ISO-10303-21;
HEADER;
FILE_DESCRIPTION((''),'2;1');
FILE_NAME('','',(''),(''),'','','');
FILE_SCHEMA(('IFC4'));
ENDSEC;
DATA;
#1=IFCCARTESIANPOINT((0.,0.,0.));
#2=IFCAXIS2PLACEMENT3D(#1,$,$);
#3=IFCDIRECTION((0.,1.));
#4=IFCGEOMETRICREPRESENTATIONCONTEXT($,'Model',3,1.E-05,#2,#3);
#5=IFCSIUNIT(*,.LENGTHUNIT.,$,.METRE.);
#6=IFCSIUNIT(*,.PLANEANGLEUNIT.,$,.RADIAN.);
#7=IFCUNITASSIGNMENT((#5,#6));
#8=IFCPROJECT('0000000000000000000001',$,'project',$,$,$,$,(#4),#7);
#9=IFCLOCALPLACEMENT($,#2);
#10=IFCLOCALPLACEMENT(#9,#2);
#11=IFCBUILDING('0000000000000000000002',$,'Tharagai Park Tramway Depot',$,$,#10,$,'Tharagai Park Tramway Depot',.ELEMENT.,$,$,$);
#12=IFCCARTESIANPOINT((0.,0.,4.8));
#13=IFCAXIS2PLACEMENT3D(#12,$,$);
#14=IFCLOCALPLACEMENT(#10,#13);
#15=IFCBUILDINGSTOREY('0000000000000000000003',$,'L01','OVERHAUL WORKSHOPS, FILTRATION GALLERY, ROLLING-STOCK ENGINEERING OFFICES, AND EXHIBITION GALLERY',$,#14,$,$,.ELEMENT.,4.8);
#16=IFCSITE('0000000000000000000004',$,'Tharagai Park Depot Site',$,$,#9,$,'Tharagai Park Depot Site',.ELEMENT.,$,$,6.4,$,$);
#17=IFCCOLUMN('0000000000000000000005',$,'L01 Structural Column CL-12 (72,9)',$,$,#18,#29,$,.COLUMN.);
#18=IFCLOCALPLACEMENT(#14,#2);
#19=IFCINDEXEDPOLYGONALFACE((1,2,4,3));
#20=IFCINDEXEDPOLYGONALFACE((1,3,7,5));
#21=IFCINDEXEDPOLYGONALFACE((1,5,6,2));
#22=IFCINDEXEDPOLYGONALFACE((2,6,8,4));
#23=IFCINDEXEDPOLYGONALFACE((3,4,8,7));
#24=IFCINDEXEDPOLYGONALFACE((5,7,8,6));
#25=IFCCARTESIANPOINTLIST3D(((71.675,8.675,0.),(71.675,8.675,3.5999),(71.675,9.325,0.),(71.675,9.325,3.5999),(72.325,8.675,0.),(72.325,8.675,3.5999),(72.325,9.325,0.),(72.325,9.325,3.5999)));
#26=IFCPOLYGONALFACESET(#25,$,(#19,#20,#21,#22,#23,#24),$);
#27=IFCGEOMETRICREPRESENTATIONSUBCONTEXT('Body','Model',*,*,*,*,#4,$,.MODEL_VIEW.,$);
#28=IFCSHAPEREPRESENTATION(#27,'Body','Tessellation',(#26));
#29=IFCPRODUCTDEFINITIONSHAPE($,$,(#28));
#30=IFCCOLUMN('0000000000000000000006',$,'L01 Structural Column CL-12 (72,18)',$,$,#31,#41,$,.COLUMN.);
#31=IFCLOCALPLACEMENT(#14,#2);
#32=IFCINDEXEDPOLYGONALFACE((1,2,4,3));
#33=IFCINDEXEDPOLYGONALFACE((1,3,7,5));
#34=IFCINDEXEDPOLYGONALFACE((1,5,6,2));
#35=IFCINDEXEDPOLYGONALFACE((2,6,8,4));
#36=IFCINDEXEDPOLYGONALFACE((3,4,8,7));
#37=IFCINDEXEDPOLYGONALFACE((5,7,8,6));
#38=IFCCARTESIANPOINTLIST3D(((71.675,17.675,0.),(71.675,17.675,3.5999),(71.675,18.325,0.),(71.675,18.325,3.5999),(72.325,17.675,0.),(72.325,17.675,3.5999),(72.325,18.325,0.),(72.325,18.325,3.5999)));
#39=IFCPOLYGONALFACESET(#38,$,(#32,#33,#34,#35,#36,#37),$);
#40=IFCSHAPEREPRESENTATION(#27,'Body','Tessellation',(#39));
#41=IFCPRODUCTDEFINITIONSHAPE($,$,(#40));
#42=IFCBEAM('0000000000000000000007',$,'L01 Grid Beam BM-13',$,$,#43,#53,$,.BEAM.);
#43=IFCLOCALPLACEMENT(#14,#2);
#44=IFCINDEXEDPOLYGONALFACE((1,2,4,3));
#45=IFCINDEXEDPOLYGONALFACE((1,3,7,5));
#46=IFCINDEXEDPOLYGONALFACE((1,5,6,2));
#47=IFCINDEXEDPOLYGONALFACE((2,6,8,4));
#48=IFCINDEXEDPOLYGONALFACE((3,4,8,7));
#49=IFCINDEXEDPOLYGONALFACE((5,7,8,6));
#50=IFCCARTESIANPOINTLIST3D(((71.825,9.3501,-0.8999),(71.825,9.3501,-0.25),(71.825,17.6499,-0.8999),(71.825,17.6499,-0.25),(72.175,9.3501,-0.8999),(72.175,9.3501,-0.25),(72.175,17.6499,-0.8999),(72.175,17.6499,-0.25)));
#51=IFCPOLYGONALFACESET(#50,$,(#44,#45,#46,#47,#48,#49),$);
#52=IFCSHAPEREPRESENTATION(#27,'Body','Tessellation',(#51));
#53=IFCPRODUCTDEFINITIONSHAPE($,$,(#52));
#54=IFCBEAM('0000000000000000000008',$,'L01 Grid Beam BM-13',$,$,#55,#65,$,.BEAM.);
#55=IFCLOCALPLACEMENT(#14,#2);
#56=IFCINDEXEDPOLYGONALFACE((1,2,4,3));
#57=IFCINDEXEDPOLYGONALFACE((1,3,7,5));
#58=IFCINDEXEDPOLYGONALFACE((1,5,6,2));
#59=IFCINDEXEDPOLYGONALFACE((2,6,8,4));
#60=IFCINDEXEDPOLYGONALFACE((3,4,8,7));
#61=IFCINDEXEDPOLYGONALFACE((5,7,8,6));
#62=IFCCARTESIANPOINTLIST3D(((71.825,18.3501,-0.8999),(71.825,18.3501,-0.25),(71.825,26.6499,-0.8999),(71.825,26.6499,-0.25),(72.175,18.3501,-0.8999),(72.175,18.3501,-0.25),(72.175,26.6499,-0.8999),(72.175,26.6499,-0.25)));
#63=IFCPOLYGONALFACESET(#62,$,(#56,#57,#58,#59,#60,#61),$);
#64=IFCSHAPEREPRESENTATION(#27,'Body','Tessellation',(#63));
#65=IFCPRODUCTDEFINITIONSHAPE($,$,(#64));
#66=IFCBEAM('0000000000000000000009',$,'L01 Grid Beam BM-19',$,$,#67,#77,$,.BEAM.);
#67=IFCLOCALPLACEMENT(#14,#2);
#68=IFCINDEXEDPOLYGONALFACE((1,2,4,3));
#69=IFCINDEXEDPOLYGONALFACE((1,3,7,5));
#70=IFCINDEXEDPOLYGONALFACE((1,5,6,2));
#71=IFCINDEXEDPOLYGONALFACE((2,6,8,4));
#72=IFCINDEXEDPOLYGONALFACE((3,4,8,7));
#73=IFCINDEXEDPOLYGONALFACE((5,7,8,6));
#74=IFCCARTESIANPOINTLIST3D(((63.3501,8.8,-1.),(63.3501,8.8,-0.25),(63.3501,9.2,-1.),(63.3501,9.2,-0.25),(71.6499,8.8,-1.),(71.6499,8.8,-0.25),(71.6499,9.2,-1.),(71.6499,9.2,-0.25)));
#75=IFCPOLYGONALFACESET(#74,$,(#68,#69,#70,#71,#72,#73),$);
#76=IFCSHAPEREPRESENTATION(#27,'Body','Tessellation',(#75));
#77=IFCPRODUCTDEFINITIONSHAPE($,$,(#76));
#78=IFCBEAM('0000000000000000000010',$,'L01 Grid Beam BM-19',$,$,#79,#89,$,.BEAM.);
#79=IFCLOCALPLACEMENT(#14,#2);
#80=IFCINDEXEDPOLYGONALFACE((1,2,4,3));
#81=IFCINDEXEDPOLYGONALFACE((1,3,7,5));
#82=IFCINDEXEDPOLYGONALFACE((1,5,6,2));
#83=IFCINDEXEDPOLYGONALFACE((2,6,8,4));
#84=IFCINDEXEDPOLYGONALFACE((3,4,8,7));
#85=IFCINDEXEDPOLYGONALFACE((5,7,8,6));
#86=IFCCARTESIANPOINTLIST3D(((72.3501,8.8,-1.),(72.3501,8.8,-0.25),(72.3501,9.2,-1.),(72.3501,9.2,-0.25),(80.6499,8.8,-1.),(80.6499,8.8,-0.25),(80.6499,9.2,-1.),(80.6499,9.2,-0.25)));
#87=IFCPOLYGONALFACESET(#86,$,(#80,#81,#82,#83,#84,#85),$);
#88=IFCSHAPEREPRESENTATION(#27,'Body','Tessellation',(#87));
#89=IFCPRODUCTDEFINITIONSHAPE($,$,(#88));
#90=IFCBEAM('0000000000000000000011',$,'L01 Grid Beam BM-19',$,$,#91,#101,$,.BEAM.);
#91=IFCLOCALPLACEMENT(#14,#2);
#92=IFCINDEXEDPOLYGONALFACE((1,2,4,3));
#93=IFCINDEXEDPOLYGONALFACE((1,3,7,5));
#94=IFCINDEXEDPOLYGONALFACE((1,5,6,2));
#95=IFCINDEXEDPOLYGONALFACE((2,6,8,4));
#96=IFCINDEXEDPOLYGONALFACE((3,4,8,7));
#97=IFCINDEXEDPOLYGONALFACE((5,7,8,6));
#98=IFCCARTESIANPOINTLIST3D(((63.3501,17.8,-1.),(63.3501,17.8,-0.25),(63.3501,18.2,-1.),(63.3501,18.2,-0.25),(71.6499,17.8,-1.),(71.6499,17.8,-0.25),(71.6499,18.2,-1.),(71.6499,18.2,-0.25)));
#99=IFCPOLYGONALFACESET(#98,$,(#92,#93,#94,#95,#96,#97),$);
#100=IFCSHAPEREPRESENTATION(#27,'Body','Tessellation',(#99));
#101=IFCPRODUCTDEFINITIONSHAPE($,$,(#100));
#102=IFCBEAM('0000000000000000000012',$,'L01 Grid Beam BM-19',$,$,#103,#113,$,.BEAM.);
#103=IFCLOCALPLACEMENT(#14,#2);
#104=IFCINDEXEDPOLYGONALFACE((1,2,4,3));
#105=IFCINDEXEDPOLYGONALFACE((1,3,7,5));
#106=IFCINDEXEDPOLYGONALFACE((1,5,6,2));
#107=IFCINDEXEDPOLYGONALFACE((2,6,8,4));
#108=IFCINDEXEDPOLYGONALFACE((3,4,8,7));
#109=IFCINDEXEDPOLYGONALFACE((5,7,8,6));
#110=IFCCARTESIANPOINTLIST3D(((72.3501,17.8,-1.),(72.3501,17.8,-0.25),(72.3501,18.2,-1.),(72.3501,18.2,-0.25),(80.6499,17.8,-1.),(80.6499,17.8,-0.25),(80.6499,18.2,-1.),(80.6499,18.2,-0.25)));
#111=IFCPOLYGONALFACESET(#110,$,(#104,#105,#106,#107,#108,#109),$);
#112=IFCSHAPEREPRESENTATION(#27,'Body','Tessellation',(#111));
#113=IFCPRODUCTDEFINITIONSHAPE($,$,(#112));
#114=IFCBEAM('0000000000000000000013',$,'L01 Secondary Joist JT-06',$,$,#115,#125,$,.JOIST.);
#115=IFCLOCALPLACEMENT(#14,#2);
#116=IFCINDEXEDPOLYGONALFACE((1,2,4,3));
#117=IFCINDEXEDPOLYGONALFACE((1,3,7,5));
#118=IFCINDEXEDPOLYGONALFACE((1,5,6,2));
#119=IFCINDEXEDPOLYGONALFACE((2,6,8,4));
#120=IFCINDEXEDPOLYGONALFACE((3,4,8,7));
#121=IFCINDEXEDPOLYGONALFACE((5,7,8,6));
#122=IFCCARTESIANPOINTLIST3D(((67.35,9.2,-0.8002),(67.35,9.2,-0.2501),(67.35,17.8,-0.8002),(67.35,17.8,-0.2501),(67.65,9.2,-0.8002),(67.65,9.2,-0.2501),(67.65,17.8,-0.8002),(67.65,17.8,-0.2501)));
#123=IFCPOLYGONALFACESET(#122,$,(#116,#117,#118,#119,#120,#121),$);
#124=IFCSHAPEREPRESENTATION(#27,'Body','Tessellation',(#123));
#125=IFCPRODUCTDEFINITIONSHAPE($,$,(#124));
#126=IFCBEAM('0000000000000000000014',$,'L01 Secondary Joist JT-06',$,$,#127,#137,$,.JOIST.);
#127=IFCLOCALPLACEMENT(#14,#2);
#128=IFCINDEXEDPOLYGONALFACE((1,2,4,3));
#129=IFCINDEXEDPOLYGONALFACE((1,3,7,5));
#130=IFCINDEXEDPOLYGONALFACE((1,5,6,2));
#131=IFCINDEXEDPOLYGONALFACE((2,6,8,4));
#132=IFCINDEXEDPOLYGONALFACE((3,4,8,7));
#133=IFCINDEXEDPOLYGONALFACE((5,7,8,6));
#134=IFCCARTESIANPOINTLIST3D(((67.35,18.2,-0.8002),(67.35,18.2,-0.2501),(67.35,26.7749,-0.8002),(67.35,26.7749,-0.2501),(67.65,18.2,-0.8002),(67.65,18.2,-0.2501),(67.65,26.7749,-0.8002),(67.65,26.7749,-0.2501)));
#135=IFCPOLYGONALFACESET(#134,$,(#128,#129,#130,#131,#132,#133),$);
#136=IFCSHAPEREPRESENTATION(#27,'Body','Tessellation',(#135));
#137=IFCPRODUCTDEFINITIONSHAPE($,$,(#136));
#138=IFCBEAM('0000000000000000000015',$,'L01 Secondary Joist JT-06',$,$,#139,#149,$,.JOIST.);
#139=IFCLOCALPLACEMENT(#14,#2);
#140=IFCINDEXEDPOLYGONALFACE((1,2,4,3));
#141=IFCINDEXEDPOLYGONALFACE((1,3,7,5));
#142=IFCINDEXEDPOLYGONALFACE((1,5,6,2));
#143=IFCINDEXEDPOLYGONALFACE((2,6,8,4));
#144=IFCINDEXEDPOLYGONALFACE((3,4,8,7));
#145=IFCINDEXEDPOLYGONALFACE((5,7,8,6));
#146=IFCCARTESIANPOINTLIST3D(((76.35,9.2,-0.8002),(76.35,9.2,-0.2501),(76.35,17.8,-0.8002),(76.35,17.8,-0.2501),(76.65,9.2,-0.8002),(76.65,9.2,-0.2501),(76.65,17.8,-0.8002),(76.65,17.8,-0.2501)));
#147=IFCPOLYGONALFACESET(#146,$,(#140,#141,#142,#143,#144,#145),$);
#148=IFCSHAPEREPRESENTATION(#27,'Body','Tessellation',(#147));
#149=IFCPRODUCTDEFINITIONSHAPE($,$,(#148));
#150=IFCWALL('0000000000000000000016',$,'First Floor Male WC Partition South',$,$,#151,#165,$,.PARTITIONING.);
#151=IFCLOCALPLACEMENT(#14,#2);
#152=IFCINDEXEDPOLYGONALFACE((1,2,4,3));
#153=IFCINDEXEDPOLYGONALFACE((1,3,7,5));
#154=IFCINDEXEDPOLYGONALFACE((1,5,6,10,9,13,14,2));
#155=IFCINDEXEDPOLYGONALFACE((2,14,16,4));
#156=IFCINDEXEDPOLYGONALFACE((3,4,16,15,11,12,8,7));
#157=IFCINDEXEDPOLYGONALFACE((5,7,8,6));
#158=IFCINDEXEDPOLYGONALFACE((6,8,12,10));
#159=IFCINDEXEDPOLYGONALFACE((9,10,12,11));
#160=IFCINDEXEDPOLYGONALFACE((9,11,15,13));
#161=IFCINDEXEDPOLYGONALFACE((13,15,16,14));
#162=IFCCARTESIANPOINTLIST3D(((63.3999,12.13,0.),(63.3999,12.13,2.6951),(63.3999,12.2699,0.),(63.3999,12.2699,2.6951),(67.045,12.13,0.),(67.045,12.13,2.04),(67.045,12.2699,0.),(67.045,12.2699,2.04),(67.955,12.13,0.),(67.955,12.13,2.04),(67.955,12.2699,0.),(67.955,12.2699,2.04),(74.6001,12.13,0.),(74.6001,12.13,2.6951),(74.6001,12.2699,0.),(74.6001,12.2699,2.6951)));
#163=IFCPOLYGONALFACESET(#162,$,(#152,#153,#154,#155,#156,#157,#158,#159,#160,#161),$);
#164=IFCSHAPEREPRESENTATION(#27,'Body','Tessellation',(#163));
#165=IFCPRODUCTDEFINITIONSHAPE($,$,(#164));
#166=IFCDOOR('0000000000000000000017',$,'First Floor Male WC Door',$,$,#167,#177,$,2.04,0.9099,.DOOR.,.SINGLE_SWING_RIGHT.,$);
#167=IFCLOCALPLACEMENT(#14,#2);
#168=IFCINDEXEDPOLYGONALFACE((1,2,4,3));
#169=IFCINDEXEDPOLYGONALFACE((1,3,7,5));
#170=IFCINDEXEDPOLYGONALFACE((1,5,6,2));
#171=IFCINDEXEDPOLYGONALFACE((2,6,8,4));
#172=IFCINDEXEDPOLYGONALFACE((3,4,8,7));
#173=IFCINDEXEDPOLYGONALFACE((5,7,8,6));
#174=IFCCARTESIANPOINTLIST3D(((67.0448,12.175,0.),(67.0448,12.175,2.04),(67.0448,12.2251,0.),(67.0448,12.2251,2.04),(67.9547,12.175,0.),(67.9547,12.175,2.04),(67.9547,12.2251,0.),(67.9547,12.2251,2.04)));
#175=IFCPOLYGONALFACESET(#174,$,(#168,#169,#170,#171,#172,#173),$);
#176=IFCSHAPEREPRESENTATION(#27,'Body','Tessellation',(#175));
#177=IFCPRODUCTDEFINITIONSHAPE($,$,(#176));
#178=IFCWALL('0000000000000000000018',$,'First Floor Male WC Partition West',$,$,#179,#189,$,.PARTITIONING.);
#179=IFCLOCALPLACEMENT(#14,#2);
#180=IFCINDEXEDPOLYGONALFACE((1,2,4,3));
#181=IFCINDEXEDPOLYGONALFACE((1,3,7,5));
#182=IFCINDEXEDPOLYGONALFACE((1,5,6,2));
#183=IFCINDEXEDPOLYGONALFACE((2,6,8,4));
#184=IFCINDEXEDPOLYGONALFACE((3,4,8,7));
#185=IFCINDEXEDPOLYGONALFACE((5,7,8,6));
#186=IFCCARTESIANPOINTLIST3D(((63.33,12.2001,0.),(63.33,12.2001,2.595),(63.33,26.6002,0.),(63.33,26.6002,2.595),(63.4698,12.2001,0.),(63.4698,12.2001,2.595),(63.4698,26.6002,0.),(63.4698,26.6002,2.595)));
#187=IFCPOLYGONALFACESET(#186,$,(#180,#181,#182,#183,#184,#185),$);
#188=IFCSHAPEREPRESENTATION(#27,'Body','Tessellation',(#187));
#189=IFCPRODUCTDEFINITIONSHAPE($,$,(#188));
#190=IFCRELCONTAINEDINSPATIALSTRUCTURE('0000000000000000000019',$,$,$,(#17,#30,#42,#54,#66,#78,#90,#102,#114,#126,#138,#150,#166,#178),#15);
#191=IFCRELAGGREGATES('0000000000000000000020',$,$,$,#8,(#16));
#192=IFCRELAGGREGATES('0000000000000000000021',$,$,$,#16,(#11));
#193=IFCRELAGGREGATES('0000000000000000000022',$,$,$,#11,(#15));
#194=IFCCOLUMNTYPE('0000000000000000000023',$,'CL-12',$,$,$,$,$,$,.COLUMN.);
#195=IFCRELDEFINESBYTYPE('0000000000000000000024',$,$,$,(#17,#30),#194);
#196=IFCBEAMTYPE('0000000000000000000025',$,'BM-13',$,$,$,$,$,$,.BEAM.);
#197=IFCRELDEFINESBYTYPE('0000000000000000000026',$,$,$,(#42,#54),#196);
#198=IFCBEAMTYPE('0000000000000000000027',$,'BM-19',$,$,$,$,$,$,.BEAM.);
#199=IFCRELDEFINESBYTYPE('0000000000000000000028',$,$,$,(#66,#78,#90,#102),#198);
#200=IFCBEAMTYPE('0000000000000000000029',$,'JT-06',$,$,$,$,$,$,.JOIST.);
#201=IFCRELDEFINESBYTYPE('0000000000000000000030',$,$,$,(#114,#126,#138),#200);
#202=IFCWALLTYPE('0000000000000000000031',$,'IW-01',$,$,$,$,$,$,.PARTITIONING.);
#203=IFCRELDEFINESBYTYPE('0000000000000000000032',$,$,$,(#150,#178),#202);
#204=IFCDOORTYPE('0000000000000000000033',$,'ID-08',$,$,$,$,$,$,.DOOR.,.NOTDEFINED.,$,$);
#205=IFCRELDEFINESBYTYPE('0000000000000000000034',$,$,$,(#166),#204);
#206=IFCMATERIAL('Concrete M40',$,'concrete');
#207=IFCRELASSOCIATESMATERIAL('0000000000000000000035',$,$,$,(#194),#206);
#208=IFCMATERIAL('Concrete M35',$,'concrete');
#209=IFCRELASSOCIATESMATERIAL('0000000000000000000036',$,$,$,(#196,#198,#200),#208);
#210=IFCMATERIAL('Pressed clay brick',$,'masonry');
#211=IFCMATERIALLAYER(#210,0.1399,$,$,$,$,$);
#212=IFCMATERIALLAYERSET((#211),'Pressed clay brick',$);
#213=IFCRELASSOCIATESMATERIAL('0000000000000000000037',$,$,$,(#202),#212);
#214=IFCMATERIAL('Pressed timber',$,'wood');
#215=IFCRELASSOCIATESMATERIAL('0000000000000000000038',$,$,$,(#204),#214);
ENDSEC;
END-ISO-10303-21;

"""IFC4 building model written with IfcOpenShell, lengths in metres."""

from ifc_helpers import new_model, si_unit, direction, frame, frame_2d, origin, origin_2d, place, context, subcontext, project, spatial, rectangle, extrude, material, layer, layer_set, material_profile, profile_set, type_object, element, fill, save


model = new_model("IFC4")

# Units and contexts
model_context = context("Model", 3, precision=1e-05, world=origin(), true_north=direction((0.0, 1.0)))
body_context = subcontext(model_context, "Body", "Model", "MODEL_VIEW")
ifc_project = project(units=[si_unit("LENGTHUNIT", "METRE"), si_unit("PLANEANGLEUNIT", "RADIAN")], contexts=[model_context])

# Site, building, storey
site_placement = place(None, origin())
site = spatial("IfcSite", under=ifc_project, at=site_placement, Name="Tharagai Park Depot Site", LongName="Tharagai Park Depot Site", CompositionType="ELEMENT", RefElevation=6.4)
building_placement = place(site_placement, origin())
building = spatial("IfcBuilding", under=site, at=building_placement, Name="Tharagai Park Tramway Depot", LongName="Tharagai Park Tramway Depot", CompositionType="ELEMENT")
storey_placement = place(building_placement, frame((0.0, 0.0, 4.8)))
storey = spatial("IfcBuildingStorey", under=building, at=storey_placement, Name="L01", Description="OVERHAUL WORKSHOPS, FILTRATION GALLERY, ROLLING-STOCK ENGINEERING OFFICES, AND EXHIBITION GALLERY", CompositionType="ELEMENT", Elevation=4.8)

# Columns
ifc_material_1 = material(Name="Concrete M40", Category="concrete")
ifc_material_profile_1 = material_profile(ifc_material_1, rectangle(XDim=0.6499, YDim=0.6499, at=origin_2d()), Name="RC 650x650")
ifc_profile_set_1 = profile_set([ifc_material_profile_1], Name="Concrete M40")
column_type = type_object("IfcColumnType", Name="CL-12", PredefinedType="COLUMN", material=ifc_profile_set_1)
for number, where, z_axis, x_axis, name in (
    (1, (72.0, 9.0, 0.0), (0.0, 0.0, 1.0), (1.0, 0.0, 0.0), "L01 Structural Column CL-12 (72,9)"),
    (2, (72.0, 18.0, 0.0), (0.0, 0.0, 1.0), (1.0, 0.0, 0.0), "L01 Structural Column CL-12 (72,18)"),
):
    element("IfcColumn", number, at=place(storey_placement, frame(where, z_axis=z_axis, x_axis=x_axis)), inside=storey, type_object=column_type, Name=name, PredefinedType="COLUMN", context=body_context, shape_type="SweptSolid", body=[
        extrude(rectangle(XDim=0.6499, YDim=0.6499, at=origin_2d()), origin(), (0.0, 0.0, 1.0), 3.5999),
    ])

# Beams
ifc_material_2 = material(Name="Concrete M35", Category="concrete")
ifc_material_profile_2 = material_profile(ifc_material_2, rectangle(XDim=0.3501, YDim=0.6499, at=origin_2d()), Name="RC 350x650")
ifc_profile_set_2 = profile_set([ifc_material_profile_2], Name="Concrete M35")
beam_type_1 = type_object("IfcBeamType", Name="BM-13", PredefinedType="BEAM", material=ifc_profile_set_2)
for number, where, z_axis, x_axis, name in (
    (3, (72.0, 9.3501, -0.575), (0.0, 1.0, 0.0), (-1.0, 0.0, 0.0), "L01 Grid Beam BM-13"),
    (4, (72.0, 18.3501, -0.575), (0.0, 1.0, 0.0), (-1.0, 0.0, 0.0), "L01 Grid Beam BM-13"),
):
    element("IfcBeam", number, at=place(storey_placement, frame(where, z_axis=z_axis, x_axis=x_axis)), inside=storey, type_object=beam_type_1, Name=name, PredefinedType="BEAM", context=body_context, shape_type="SweptSolid", body=[
        extrude(rectangle(XDim=0.3501, YDim=0.6499, at=origin_2d()), origin(), (0.0, 0.0, 1.0), 8.2998),
    ])
ifc_material_profile_3 = material_profile(ifc_material_2, rectangle(XDim=0.3999, YDim=0.75, at=origin_2d()), Name="RC 400x750")
ifc_profile_set_3 = profile_set([ifc_material_profile_3], Name="Concrete M35")
beam_type_2 = type_object("IfcBeamType", Name="BM-19", PredefinedType="BEAM", material=ifc_profile_set_3)
for number, where, z_axis, x_axis, name in (
    (5, (63.3501, 9.0, -0.625), (1.0, 0.0, 0.0), (0.0, 1.0, 0.0), "L01 Grid Beam BM-19"),
    (6, (72.3501, 9.0, -0.625), (1.0, 0.0, 0.0), (0.0, 1.0, 0.0), "L01 Grid Beam BM-19"),
    (7, (63.3501, 18.0, -0.625), (1.0, 0.0, 0.0), (0.0, 1.0, 0.0), "L01 Grid Beam BM-19"),
    (8, (72.3501, 18.0, -0.625), (1.0, 0.0, 0.0), (0.0, 1.0, 0.0), "L01 Grid Beam BM-19"),
):
    element("IfcBeam", number, at=place(storey_placement, frame(where, z_axis=z_axis, x_axis=x_axis)), inside=storey, type_object=beam_type_2, Name=name, PredefinedType="BEAM", context=body_context, shape_type="SweptSolid", body=[
        extrude(rectangle(XDim=0.3999, YDim=0.75, at=origin_2d()), origin(), (0.0, 0.0, 1.0), 8.2998),
    ])
ifc_material_profile_4 = material_profile(ifc_material_2, rectangle(XDim=0.3, YDim=0.55, at=origin_2d()), Name="RC 300x550")
ifc_profile_set_4 = profile_set([ifc_material_profile_4], Name="Concrete M35")
beam_type_3 = type_object("IfcBeamType", Name="JT-06", PredefinedType="JOIST", material=ifc_profile_set_4)
beam_1_placement = place(storey_placement, frame((67.5, 9.2, -0.5251), z_axis=(0.0, 1.0, 0.0), x_axis=(-1.0, 0.0, 0.0)))
element("IfcBeam", 9, at=beam_1_placement, inside=storey, type_object=beam_type_3, Name="L01 Secondary Joist JT-06", PredefinedType="JOIST", context=body_context, shape_type="SweptSolid", body=[
    extrude(rectangle(XDim=0.3, YDim=0.55, at=origin_2d()), origin(), (0.0, 0.0, 1.0), 8.6001),
])
beam_2_placement = place(storey_placement, frame((67.5, 18.2, -0.5251), z_axis=(0.0, 1.0, 0.0), x_axis=(-1.0, 0.0, 0.0)))
element("IfcBeam", 10, at=beam_2_placement, inside=storey, type_object=beam_type_3, Name="L01 Secondary Joist JT-06", PredefinedType="JOIST", context=body_context, shape_type="SweptSolid", body=[
    extrude(rectangle(XDim=0.3, YDim=0.55, at=origin_2d()), origin(), (0.0, 0.0, 1.0), 8.575),
])
beam_3_placement = place(storey_placement, frame((76.5, 9.2, -0.5251), z_axis=(0.0, 1.0, 0.0), x_axis=(-1.0, 0.0, 0.0)))
element("IfcBeam", 11, at=beam_3_placement, inside=storey, type_object=beam_type_3, Name="L01 Secondary Joist JT-06", PredefinedType="JOIST", context=body_context, shape_type="SweptSolid", body=[
    extrude(rectangle(XDim=0.3, YDim=0.55, at=origin_2d()), origin(), (0.0, 0.0, 1.0), 8.6001),
])

# Wall, opening, door
ifc_material_3 = material(Name="Pressed clay brick", Category="masonry")
ifc_layer_1 = layer(ifc_material_3, 0.1399)
ifc_layer_set_1 = layer_set([ifc_layer_1], Name="Pressed clay brick")
wall_type_1 = type_object("IfcWallType", Name="IW-01", PredefinedType="PARTITIONING", material=ifc_layer_set_1)
wall_1_placement = place(storey_placement, frame((63.3999, 12.2, 0.0), z_axis=(0.0, 0.0, 1.0), x_axis=(1.0, 0.0, 0.0)))
wall_1 = element("IfcWall", 12, at=wall_1_placement, inside=storey, type_object=wall_type_1, Name="First Floor Male WC Partition South", PredefinedType="PARTITIONING", context=body_context, shape_type="SweptSolid", body=[
    extrude(rectangle(XDim=11.2002, YDim=0.1399, at=frame_2d((5.6001, 0.0))), origin(), (0.0, 0.0, 1.0), 2.6951),
])
opening_1_placement = place(wall_1_placement, frame((3.645, 0.0, 0.0)))
opening_1 = element("IfcOpeningElement", 13, at=opening_1_placement, cuts=wall_1, PredefinedType="OPENING", context=body_context, shape_type="SweptSolid", body=[
    extrude(rectangle(XDim=0.9099, YDim=2.04, at=frame_2d((0.4551, 1.02))), frame((0.0, 0.0798, 0.0), z_axis=(0.0, -1.0, 0.0), x_axis=(1.0, 0.0, 0.0)), (0.0, 0.0, 1.0), 0.1599),
])
ifc_material_4 = material(Name="Pressed timber", Category="wood")
door_type_1 = type_object("IfcDoorType", Name="ID-08", OperationType="NOTDEFINED", PredefinedType="DOOR", material=ifc_material_4)
door_1_placement = place(opening_1_placement, frame((0.9099, 0.0, 0.0), z_axis=(0.0, 0.0, 1.0), x_axis=(-1.0, 0.0, 0.0)))
door_1 = element("IfcDoor", 14, at=door_1_placement, inside=storey, type_object=door_type_1, Name="First Floor Male WC Door", OperationType="SINGLE_SWING_RIGHT", OverallHeight=2.04, OverallWidth=0.9099, PredefinedType="DOOR", context=body_context, shape_type="SweptSolid", body=[
    extrude(rectangle(XDim=0.9099, YDim=2.04, at=frame_2d((0.4551, 1.02))), frame((0.0, 0.0249, 0.0), z_axis=(0.0, -1.0, 0.0), x_axis=(1.0, 0.0, 0.0)), (0.0, 0.0, 1.0), 0.05),
])
fill(opening_1, door_1)

# Wall
for number, where, z_axis, x_axis, name in (
    (15, (63.3999, 12.2, 0.0), (0.0, 0.0, 1.0), (0.0, 1.0, 0.0), "First Floor Male WC Partition West"),
):
    element("IfcWall", number, at=place(storey_placement, frame(where, z_axis=z_axis, x_axis=x_axis)), inside=storey, type_object=wall_type_1, Name=name, PredefinedType="PARTITIONING", context=body_context, shape_type="SweptSolid", body=[
        extrude(rectangle(XDim=14.4001, YDim=0.1399, at=frame_2d((7.2002, 0.0))), origin(), (0.0, 0.0, 1.0), 2.595),
    ])

save(model, "model.ifc")
